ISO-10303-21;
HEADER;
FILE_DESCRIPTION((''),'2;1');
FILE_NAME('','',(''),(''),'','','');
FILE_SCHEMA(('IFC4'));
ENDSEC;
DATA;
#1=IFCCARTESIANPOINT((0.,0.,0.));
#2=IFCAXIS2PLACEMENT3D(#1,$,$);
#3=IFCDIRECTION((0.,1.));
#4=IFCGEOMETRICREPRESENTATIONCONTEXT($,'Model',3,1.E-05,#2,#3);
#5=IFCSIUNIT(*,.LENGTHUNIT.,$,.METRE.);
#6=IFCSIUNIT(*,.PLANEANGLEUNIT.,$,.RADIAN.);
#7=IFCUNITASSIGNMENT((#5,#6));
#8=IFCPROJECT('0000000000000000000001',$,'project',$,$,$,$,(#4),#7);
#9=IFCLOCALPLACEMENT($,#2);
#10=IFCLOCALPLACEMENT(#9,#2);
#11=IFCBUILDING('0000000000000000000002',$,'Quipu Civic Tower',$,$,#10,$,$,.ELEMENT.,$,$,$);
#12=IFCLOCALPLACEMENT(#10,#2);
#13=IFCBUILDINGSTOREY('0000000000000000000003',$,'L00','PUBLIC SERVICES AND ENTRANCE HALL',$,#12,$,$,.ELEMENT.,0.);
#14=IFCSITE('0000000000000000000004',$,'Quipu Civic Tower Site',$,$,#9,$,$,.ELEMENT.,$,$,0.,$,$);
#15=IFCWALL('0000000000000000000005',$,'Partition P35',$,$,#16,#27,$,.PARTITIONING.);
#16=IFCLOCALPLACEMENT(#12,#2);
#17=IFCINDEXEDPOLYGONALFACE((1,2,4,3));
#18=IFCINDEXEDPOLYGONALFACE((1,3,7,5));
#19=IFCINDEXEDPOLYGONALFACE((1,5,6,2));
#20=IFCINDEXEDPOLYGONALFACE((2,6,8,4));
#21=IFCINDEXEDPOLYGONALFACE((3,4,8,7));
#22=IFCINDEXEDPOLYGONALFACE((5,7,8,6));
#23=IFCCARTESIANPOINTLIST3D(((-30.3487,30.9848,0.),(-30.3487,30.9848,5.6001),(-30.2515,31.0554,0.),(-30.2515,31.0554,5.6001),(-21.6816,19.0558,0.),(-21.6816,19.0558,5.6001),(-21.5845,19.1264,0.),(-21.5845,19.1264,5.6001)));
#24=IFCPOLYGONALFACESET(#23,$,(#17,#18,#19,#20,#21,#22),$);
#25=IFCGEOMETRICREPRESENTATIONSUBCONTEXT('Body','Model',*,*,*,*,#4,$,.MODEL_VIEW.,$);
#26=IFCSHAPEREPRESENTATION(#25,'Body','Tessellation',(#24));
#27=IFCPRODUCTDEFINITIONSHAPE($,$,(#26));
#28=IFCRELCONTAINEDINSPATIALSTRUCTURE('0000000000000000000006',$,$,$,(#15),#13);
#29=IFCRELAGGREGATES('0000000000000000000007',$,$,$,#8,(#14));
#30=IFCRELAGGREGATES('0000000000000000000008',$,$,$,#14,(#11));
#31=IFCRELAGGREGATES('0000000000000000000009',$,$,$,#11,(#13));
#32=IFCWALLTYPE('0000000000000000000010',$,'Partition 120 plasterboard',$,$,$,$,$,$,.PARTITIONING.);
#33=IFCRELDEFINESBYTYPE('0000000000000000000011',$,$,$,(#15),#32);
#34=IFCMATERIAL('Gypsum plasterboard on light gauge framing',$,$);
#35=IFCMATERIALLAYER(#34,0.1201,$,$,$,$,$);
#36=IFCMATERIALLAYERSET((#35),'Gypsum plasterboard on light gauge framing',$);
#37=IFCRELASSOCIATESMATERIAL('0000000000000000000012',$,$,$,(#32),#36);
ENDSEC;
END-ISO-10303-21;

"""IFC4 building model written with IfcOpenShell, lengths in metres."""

from ifc_helpers import new_model, si_unit, direction, frame, frame_2d, origin, place, context, subcontext, project, spatial, rectangle, extrude, material, layer, layer_set, type_object, element, save


model = new_model("IFC4")

# Units and contexts
model_context = context("Model", 3, precision=1e-05, world=origin(), true_north=direction((0.0, 1.0)))
body_context = subcontext(model_context, "Body", "Model", "MODEL_VIEW")
ifc_project = project(units=[si_unit("LENGTHUNIT", "METRE"), si_unit("PLANEANGLEUNIT", "RADIAN")], contexts=[model_context])

# Site, building, storey
site_placement = place(None, origin())
site = spatial("IfcSite", under=ifc_project, at=site_placement, Name="Quipu Civic Tower Site", CompositionType="ELEMENT", RefElevation=0.0)
building_placement = place(site_placement, origin())
building = spatial("IfcBuilding", under=site, at=building_placement, Name="Quipu Civic Tower", CompositionType="ELEMENT")
storey_placement = place(building_placement, origin())
storey = spatial("IfcBuildingStorey", under=building, at=storey_placement, Name="L00", Description="PUBLIC SERVICES AND ENTRANCE HALL", CompositionType="ELEMENT", Elevation=0.0)

# Wall
ifc_material_1 = material(Name="Gypsum plasterboard on light gauge framing")
ifc_layer = layer(ifc_material_1, 0.1201)
ifc_layer_set = layer_set([ifc_layer], Name="Gypsum plasterboard on light gauge framing")
wall_type = type_object("IfcWallType", Name="Partition 120 plasterboard", PredefinedType="PARTITIONING", material=ifc_layer_set)
wall_1_placement = place(storey_placement, frame((-21.6331, 19.0911, 0.0), z_axis=(0.0, 0.0, 1.0), x_axis=(-0.58779, 0.809014, 0.0)))
element("IfcWall", 1, at=wall_1_placement, inside=storey, type_object=wall_type, Name="Partition P35", PredefinedType="PARTITIONING", context=body_context, shape_type="SweptSolid", body=[
    extrude(rectangle(XDim=14.7451, YDim=0.1201, at=frame_2d((7.3726, 0.0))), origin(), (0.0, 0.0, 1.0), 5.6001),
])

save(model, "model.ifc")
